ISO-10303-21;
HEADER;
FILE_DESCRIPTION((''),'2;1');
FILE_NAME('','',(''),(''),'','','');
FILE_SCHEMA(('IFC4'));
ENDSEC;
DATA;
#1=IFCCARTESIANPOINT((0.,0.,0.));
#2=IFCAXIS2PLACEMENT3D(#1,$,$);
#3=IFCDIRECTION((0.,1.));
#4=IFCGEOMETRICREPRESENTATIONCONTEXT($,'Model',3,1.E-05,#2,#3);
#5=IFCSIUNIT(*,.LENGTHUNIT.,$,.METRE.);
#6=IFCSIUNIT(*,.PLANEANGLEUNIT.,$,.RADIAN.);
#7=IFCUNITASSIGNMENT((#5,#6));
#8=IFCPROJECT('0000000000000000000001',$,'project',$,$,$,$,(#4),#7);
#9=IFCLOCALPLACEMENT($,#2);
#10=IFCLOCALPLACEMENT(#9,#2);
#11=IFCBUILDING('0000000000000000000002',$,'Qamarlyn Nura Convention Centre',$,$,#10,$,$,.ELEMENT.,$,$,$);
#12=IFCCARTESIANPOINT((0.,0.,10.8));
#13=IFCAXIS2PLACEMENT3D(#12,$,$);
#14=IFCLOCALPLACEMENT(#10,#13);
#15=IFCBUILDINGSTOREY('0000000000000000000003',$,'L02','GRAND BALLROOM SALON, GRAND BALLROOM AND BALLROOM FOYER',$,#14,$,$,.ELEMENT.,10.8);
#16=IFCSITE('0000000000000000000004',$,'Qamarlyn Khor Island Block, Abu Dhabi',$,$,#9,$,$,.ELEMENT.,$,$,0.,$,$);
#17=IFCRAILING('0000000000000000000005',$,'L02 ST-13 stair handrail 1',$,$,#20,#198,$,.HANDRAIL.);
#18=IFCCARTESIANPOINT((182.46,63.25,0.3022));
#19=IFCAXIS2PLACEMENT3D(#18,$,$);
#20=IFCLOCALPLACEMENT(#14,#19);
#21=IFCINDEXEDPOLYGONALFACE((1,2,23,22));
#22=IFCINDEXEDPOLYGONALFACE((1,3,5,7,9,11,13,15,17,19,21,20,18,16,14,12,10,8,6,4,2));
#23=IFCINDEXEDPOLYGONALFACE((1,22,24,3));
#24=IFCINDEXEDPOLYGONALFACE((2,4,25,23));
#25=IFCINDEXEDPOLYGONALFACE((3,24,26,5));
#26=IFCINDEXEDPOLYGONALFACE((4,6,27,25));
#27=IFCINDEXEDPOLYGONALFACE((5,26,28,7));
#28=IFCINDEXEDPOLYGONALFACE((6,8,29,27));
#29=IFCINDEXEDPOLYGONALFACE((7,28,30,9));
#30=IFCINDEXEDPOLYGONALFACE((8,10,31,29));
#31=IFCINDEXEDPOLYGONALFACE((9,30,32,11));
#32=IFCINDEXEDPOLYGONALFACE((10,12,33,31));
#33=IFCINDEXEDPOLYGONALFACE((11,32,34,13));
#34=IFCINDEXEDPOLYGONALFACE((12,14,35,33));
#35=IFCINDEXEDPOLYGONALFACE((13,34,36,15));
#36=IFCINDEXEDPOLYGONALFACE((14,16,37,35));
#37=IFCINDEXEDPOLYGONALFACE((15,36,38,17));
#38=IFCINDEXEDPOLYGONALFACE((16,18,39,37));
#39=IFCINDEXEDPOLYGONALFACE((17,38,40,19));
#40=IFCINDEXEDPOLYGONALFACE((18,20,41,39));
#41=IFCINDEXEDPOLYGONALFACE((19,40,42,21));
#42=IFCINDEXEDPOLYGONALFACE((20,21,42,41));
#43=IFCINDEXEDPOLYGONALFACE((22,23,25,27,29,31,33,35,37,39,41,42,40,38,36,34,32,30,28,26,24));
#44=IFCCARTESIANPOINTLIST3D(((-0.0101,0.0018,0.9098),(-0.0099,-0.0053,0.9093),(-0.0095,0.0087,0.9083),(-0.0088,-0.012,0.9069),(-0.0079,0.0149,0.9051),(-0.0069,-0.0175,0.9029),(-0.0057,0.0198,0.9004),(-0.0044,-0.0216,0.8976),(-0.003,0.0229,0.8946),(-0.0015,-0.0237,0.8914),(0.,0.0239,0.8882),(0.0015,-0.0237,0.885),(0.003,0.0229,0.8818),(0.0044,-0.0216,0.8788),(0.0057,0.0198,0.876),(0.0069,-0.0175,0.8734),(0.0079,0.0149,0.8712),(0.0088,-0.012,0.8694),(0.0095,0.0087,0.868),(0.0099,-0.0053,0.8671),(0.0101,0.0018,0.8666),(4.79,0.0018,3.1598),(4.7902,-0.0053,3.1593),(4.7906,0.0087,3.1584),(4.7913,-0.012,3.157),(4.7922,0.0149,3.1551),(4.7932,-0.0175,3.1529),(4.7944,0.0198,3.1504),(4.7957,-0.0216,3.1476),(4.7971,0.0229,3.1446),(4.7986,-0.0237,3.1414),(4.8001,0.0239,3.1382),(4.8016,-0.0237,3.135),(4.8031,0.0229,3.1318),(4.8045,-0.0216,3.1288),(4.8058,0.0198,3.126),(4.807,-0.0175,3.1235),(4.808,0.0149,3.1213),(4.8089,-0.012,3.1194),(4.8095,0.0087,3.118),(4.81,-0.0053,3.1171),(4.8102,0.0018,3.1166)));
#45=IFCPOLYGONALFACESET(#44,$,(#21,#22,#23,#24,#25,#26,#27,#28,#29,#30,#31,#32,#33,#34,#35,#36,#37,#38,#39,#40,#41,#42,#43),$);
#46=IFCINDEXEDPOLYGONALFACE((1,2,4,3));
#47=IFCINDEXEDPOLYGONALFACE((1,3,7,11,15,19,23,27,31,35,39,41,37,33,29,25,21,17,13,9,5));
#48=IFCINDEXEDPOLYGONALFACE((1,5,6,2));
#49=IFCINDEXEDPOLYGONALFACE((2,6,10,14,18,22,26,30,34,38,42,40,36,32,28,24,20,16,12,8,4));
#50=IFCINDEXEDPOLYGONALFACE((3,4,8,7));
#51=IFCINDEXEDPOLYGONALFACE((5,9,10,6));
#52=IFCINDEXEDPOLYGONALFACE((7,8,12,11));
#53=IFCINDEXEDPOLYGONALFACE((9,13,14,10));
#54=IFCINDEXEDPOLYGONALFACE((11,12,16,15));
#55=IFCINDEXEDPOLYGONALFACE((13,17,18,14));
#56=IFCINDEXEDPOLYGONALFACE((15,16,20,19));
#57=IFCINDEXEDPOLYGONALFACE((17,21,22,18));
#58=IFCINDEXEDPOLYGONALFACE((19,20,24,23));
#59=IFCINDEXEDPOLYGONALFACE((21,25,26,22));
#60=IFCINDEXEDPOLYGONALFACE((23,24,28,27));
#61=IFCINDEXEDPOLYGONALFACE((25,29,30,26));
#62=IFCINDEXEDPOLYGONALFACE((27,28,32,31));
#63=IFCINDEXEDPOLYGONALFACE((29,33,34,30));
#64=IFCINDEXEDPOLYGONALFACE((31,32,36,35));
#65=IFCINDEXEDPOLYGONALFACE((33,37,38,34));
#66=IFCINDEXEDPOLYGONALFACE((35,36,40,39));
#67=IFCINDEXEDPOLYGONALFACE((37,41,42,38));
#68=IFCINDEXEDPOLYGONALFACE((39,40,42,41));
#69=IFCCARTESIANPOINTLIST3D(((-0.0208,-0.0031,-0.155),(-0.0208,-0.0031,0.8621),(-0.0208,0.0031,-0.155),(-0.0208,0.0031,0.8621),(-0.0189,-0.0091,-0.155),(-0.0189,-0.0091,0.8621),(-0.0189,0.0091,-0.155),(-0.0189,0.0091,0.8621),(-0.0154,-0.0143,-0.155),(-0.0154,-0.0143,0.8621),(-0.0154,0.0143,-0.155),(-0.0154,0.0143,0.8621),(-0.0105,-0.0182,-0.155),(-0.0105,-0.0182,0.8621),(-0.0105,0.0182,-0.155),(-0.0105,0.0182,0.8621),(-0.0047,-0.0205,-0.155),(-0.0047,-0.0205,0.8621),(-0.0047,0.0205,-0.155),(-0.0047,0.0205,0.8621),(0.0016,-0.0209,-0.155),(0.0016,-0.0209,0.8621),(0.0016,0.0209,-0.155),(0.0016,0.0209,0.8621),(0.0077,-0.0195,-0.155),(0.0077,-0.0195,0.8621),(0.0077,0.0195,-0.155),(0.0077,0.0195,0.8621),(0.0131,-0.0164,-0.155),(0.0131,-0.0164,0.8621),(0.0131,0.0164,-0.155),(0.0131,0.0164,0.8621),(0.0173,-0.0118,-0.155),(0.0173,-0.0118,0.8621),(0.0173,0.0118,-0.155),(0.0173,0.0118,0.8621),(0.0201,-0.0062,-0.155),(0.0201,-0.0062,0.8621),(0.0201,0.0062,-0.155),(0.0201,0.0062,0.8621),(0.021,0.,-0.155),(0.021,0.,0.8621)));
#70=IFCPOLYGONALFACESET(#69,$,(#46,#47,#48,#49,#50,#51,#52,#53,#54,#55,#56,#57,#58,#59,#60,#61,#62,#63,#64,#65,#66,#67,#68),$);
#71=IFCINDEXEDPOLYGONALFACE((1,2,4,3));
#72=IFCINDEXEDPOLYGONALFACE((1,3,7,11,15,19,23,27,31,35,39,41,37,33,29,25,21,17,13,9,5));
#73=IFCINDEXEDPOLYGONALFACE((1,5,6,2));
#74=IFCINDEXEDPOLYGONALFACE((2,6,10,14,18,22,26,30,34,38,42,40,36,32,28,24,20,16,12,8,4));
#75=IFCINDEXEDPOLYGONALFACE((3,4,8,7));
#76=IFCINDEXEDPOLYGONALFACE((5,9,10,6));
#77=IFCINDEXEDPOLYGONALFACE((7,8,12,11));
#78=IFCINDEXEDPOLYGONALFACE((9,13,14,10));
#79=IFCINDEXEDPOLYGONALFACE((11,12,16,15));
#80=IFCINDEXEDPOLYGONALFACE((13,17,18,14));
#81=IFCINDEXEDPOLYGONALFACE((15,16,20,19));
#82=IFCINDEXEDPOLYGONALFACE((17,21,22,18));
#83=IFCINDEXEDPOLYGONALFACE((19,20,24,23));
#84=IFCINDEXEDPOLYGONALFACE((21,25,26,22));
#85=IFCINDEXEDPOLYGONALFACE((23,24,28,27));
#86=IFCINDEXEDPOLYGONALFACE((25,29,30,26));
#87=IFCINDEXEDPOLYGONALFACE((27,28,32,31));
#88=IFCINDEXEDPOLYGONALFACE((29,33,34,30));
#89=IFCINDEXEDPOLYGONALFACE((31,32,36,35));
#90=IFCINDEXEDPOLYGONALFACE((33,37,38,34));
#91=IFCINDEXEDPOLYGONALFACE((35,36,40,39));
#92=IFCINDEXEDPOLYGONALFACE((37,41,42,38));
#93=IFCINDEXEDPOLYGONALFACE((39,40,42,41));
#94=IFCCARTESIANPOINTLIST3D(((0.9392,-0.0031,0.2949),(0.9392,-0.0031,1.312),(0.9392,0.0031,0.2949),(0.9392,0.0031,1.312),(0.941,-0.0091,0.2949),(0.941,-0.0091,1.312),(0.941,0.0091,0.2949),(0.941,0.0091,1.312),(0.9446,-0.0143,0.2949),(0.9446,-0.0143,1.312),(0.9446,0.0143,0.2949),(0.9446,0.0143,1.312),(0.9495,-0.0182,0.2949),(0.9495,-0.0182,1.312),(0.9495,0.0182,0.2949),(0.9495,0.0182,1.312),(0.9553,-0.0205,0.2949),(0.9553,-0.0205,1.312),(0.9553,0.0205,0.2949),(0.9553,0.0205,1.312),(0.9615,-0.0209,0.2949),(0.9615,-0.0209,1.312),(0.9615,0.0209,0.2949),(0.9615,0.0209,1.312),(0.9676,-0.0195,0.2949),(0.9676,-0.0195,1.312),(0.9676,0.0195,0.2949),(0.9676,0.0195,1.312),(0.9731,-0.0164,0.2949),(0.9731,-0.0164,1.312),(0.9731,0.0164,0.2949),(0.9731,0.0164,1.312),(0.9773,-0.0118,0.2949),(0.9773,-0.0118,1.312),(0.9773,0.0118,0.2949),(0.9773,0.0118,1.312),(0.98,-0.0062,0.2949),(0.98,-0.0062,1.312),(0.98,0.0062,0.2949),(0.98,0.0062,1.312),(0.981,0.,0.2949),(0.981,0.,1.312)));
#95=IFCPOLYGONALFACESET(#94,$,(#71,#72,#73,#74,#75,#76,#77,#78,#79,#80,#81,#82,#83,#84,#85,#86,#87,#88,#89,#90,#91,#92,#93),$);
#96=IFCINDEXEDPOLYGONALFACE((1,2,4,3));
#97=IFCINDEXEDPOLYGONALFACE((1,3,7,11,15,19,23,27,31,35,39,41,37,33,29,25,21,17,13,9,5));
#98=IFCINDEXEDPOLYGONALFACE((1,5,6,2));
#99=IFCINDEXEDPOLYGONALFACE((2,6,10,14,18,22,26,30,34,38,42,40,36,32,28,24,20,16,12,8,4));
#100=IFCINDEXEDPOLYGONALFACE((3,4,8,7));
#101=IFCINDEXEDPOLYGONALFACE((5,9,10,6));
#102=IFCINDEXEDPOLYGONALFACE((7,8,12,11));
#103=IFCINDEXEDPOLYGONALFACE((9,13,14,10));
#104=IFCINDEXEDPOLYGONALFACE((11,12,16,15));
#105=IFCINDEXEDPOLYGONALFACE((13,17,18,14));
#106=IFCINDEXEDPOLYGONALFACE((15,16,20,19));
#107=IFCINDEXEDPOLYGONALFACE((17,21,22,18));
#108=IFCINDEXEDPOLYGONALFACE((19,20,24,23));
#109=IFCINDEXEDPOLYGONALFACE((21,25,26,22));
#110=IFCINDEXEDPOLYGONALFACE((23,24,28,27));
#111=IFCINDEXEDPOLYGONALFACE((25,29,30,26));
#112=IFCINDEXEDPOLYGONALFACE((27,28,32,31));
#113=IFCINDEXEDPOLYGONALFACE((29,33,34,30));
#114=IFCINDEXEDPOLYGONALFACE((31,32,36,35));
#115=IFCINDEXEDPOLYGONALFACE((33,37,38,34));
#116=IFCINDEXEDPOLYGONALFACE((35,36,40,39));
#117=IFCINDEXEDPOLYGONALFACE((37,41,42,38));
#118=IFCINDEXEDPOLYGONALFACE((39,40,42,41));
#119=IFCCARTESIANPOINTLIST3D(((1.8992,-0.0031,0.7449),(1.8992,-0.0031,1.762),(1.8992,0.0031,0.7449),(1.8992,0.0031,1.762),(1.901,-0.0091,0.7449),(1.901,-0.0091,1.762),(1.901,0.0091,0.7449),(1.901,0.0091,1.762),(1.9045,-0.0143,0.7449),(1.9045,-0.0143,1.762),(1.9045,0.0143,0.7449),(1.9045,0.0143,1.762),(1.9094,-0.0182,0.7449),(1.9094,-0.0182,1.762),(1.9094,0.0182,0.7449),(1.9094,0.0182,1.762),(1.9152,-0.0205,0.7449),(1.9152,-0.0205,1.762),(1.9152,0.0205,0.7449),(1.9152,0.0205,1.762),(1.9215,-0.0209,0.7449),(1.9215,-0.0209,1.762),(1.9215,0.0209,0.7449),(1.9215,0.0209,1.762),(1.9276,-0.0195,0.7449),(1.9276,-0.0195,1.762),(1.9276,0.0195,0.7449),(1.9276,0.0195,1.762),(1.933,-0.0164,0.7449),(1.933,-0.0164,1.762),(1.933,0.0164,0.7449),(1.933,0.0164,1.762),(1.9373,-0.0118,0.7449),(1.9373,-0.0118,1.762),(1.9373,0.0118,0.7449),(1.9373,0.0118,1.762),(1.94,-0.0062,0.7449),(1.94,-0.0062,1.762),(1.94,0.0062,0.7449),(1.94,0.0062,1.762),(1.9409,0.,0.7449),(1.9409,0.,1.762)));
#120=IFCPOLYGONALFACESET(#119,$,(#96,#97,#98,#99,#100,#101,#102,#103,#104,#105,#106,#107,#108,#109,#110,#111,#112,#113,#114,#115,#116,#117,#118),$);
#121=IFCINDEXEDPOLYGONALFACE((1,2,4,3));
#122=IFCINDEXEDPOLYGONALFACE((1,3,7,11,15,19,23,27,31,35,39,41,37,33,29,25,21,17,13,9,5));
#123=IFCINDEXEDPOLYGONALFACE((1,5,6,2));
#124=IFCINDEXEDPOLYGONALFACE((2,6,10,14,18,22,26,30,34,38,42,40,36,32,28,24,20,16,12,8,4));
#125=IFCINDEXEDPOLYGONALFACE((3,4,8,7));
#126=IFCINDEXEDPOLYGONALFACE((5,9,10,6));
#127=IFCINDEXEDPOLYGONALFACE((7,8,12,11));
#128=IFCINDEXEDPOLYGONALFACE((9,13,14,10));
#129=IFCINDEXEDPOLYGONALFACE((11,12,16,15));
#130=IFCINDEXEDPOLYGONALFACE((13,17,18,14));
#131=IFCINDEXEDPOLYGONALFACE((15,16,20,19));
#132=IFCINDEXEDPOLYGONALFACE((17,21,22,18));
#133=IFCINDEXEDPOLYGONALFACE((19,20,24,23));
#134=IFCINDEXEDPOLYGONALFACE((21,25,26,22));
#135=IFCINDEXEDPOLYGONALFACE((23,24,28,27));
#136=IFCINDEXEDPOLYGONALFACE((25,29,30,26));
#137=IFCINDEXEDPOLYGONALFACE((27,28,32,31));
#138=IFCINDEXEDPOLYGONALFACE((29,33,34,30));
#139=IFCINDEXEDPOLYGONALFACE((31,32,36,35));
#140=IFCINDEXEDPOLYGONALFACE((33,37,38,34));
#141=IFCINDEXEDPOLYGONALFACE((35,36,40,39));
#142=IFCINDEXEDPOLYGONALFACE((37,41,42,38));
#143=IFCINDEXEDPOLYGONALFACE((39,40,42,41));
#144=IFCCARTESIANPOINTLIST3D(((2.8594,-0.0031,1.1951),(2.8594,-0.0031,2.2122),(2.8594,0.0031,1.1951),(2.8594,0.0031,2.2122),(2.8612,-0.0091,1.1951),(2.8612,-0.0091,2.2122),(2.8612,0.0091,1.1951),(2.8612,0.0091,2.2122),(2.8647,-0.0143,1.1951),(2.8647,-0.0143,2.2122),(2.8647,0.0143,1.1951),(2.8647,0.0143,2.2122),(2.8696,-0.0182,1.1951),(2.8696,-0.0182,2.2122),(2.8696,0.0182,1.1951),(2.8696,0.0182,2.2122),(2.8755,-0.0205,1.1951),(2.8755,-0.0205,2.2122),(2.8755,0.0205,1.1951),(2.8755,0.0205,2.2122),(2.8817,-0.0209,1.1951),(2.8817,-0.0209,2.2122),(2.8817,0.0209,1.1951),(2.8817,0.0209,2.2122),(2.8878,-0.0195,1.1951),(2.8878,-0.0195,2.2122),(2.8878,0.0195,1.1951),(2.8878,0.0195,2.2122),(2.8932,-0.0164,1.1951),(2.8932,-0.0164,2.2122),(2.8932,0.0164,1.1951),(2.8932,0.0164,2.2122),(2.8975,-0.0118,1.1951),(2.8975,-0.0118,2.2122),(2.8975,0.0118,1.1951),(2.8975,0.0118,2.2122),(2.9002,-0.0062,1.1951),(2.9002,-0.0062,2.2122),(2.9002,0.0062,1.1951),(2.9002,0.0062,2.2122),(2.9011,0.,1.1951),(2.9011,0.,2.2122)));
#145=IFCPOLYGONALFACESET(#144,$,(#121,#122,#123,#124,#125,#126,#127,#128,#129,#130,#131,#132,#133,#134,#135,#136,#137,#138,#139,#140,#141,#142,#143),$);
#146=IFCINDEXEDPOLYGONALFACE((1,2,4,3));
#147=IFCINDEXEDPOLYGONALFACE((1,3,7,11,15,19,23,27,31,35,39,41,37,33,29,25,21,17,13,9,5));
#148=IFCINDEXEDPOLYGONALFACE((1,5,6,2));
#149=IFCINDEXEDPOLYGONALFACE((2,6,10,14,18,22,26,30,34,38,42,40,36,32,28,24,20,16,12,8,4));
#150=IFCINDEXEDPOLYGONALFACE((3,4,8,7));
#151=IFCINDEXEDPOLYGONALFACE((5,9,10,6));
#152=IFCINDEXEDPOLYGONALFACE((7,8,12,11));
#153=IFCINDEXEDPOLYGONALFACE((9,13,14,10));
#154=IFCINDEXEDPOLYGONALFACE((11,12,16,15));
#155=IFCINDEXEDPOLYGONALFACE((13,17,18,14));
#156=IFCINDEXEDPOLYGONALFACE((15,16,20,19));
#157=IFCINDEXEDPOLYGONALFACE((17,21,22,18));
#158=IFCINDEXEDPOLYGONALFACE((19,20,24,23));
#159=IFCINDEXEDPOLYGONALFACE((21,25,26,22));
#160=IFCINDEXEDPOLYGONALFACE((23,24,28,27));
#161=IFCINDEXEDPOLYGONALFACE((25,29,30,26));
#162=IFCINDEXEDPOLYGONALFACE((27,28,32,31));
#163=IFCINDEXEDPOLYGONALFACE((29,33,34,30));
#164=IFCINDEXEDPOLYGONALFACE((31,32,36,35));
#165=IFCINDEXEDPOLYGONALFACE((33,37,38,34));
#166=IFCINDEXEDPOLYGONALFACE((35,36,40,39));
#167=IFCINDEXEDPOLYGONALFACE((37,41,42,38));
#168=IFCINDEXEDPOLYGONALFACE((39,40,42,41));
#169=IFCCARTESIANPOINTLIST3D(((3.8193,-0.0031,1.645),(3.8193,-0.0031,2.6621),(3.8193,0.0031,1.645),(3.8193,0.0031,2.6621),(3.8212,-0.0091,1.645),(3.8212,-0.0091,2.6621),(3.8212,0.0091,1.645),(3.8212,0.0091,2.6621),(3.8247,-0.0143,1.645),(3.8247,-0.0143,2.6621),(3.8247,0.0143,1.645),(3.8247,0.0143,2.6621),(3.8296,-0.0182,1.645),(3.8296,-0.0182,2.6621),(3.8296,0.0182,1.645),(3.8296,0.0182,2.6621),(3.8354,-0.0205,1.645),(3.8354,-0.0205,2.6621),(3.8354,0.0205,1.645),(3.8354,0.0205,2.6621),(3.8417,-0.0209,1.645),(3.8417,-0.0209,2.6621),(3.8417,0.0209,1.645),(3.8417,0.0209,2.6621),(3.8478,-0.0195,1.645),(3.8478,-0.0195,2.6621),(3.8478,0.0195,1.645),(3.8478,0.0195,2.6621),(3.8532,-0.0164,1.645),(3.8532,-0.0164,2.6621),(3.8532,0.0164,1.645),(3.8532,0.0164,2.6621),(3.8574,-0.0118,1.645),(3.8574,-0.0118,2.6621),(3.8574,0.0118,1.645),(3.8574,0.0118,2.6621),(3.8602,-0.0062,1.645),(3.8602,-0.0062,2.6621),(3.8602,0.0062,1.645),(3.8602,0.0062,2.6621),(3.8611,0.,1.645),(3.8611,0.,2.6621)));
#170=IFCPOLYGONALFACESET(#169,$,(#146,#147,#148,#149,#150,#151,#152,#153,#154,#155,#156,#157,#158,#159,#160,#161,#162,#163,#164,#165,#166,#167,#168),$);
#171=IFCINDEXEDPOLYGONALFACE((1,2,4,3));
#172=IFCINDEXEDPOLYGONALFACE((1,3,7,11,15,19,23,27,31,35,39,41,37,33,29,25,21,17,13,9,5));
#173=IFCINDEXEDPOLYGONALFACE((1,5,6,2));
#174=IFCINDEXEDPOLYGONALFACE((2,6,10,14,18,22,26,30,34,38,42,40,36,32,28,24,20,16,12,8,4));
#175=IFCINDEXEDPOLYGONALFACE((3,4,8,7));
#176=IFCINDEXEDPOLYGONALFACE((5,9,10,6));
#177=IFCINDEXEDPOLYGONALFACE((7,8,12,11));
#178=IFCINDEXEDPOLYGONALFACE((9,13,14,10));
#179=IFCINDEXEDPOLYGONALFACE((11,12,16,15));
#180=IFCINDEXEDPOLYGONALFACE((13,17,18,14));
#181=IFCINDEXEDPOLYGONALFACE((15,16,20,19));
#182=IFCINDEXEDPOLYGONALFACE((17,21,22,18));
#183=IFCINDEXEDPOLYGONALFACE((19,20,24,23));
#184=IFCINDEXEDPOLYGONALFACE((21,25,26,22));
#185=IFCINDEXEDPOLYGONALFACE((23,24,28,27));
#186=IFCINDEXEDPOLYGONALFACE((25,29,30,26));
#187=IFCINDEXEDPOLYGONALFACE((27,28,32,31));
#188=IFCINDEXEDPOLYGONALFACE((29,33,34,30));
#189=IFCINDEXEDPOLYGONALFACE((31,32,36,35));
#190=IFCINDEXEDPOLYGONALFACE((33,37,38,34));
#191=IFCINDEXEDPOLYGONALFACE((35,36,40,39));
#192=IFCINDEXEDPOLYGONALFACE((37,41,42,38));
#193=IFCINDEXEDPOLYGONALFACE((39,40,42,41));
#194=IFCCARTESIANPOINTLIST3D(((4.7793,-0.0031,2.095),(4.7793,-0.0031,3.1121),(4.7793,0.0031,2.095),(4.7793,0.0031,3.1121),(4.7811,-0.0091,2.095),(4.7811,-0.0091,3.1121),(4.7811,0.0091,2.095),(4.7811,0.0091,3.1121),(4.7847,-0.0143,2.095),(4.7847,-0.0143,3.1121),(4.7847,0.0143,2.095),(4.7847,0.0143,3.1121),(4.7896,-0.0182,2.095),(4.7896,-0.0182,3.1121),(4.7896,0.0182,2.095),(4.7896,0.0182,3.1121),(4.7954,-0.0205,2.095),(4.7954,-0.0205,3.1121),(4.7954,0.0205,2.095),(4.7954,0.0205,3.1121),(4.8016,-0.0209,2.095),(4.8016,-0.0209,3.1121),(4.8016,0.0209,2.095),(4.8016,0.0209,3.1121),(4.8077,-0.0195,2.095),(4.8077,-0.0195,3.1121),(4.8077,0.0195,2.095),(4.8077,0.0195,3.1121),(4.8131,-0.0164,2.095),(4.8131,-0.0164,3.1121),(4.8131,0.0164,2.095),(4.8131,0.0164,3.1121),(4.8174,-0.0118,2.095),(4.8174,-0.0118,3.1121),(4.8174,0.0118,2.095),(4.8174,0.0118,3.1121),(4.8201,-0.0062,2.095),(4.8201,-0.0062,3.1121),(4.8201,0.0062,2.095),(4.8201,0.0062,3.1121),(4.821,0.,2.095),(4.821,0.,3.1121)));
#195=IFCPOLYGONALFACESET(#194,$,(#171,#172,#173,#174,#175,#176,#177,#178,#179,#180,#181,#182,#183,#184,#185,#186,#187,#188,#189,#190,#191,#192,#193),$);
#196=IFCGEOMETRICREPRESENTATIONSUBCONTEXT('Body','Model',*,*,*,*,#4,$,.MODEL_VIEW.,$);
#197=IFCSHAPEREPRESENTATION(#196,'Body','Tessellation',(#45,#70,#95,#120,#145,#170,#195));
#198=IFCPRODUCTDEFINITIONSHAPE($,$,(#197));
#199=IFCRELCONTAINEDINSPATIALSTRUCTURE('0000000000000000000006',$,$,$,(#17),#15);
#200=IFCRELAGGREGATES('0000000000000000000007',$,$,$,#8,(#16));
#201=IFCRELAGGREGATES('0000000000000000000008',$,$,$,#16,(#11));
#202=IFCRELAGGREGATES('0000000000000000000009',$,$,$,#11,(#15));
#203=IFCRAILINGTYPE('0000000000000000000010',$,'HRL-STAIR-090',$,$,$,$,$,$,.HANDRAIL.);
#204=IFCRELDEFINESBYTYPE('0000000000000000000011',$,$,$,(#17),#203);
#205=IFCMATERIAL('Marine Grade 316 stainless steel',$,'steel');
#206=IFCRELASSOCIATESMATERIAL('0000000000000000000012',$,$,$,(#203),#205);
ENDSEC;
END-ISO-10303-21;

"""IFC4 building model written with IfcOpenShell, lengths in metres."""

from ifc_helpers import new_model, si_unit, direction, frame, origin, origin_2d, place, context, subcontext, project, spatial, circle, extrude, material, type_object, element, save


model = new_model("IFC4")

# Units and contexts
model_context = context("Model", 3, precision=1e-05, world=origin(), true_north=direction((0.0, 1.0)))
body_context = subcontext(model_context, "Body", "Model", "MODEL_VIEW")
ifc_project = project(units=[si_unit("LENGTHUNIT", "METRE"), si_unit("PLANEANGLEUNIT", "RADIAN")], contexts=[model_context])

# Site, building, storey
site_placement = place(None, origin())
site = spatial("IfcSite", under=ifc_project, at=site_placement, Name="Qamarlyn Khor Island Block, Abu Dhabi", CompositionType="ELEMENT", RefElevation=0.0)
building_placement = place(site_placement, origin())
building = spatial("IfcBuilding", under=site, at=building_placement, Name="Qamarlyn Nura Convention Centre", CompositionType="ELEMENT")
storey_placement = place(building_placement, frame((0.0, 0.0, 10.8)))
storey = spatial("IfcBuildingStorey", under=building, at=storey_placement, Name="L02", Description="GRAND BALLROOM SALON, GRAND BALLROOM AND BALLROOM FOYER", CompositionType="ELEMENT", Elevation=10.8)

# Shared definitions
ifc_material_1 = material(Name="Marine Grade 316 stainless steel", Category="steel")

# Railing
railing_type_1 = type_object("IfcRailingType", Name="HRL-STAIR-090", PredefinedType="HANDRAIL", material=ifc_material_1)
for number, where, name in (
    (1, (182.46, 63.25, 0.3022), "L02 ST-13 stair handrail 1"),
):
    element("IfcRailing", number, at=place(storey_placement, frame(where)), inside=storey, type_object=railing_type_1, Name=name, PredefinedType="HANDRAIL", context=body_context, shape_type="SweptSolid", body=[
        extrude(circle(Radius=0.0239, at=origin_2d()), frame((0.0, 0.0, 0.8882), z_axis=(0.905461, 0.0, 0.42443), x_axis=(0.0, 1.0, 0.0)), (0.0, 0.0, 1.0), 5.3013),
        extrude(circle(Radius=0.021, at=origin_2d()), frame((0.0, 0.0, -0.155)), (0.0, 0.0, 1.0), 1.0171),
        extrude(circle(Radius=0.021, at=origin_2d()), frame((0.96, 0.0, 0.2949)), (0.0, 0.0, 1.0), 1.0171),
        extrude(circle(Radius=0.021, at=origin_2d()), frame((1.9199, 0.0, 0.7449)), (0.0, 0.0, 1.0), 1.0171),
        extrude(circle(Radius=0.021, at=origin_2d()), frame((2.8801, 0.0, 1.1951)), (0.0, 0.0, 1.0), 1.0171),
        extrude(circle(Radius=0.021, at=origin_2d()), frame((3.8401, 0.0, 1.645)), (0.0, 0.0, 1.0), 1.0171),
        extrude(circle(Radius=0.021, at=origin_2d()), frame((4.8, 0.0, 2.095)), (0.0, 0.0, 1.0), 1.0171),
    ])

save(model, "model.ifc")
